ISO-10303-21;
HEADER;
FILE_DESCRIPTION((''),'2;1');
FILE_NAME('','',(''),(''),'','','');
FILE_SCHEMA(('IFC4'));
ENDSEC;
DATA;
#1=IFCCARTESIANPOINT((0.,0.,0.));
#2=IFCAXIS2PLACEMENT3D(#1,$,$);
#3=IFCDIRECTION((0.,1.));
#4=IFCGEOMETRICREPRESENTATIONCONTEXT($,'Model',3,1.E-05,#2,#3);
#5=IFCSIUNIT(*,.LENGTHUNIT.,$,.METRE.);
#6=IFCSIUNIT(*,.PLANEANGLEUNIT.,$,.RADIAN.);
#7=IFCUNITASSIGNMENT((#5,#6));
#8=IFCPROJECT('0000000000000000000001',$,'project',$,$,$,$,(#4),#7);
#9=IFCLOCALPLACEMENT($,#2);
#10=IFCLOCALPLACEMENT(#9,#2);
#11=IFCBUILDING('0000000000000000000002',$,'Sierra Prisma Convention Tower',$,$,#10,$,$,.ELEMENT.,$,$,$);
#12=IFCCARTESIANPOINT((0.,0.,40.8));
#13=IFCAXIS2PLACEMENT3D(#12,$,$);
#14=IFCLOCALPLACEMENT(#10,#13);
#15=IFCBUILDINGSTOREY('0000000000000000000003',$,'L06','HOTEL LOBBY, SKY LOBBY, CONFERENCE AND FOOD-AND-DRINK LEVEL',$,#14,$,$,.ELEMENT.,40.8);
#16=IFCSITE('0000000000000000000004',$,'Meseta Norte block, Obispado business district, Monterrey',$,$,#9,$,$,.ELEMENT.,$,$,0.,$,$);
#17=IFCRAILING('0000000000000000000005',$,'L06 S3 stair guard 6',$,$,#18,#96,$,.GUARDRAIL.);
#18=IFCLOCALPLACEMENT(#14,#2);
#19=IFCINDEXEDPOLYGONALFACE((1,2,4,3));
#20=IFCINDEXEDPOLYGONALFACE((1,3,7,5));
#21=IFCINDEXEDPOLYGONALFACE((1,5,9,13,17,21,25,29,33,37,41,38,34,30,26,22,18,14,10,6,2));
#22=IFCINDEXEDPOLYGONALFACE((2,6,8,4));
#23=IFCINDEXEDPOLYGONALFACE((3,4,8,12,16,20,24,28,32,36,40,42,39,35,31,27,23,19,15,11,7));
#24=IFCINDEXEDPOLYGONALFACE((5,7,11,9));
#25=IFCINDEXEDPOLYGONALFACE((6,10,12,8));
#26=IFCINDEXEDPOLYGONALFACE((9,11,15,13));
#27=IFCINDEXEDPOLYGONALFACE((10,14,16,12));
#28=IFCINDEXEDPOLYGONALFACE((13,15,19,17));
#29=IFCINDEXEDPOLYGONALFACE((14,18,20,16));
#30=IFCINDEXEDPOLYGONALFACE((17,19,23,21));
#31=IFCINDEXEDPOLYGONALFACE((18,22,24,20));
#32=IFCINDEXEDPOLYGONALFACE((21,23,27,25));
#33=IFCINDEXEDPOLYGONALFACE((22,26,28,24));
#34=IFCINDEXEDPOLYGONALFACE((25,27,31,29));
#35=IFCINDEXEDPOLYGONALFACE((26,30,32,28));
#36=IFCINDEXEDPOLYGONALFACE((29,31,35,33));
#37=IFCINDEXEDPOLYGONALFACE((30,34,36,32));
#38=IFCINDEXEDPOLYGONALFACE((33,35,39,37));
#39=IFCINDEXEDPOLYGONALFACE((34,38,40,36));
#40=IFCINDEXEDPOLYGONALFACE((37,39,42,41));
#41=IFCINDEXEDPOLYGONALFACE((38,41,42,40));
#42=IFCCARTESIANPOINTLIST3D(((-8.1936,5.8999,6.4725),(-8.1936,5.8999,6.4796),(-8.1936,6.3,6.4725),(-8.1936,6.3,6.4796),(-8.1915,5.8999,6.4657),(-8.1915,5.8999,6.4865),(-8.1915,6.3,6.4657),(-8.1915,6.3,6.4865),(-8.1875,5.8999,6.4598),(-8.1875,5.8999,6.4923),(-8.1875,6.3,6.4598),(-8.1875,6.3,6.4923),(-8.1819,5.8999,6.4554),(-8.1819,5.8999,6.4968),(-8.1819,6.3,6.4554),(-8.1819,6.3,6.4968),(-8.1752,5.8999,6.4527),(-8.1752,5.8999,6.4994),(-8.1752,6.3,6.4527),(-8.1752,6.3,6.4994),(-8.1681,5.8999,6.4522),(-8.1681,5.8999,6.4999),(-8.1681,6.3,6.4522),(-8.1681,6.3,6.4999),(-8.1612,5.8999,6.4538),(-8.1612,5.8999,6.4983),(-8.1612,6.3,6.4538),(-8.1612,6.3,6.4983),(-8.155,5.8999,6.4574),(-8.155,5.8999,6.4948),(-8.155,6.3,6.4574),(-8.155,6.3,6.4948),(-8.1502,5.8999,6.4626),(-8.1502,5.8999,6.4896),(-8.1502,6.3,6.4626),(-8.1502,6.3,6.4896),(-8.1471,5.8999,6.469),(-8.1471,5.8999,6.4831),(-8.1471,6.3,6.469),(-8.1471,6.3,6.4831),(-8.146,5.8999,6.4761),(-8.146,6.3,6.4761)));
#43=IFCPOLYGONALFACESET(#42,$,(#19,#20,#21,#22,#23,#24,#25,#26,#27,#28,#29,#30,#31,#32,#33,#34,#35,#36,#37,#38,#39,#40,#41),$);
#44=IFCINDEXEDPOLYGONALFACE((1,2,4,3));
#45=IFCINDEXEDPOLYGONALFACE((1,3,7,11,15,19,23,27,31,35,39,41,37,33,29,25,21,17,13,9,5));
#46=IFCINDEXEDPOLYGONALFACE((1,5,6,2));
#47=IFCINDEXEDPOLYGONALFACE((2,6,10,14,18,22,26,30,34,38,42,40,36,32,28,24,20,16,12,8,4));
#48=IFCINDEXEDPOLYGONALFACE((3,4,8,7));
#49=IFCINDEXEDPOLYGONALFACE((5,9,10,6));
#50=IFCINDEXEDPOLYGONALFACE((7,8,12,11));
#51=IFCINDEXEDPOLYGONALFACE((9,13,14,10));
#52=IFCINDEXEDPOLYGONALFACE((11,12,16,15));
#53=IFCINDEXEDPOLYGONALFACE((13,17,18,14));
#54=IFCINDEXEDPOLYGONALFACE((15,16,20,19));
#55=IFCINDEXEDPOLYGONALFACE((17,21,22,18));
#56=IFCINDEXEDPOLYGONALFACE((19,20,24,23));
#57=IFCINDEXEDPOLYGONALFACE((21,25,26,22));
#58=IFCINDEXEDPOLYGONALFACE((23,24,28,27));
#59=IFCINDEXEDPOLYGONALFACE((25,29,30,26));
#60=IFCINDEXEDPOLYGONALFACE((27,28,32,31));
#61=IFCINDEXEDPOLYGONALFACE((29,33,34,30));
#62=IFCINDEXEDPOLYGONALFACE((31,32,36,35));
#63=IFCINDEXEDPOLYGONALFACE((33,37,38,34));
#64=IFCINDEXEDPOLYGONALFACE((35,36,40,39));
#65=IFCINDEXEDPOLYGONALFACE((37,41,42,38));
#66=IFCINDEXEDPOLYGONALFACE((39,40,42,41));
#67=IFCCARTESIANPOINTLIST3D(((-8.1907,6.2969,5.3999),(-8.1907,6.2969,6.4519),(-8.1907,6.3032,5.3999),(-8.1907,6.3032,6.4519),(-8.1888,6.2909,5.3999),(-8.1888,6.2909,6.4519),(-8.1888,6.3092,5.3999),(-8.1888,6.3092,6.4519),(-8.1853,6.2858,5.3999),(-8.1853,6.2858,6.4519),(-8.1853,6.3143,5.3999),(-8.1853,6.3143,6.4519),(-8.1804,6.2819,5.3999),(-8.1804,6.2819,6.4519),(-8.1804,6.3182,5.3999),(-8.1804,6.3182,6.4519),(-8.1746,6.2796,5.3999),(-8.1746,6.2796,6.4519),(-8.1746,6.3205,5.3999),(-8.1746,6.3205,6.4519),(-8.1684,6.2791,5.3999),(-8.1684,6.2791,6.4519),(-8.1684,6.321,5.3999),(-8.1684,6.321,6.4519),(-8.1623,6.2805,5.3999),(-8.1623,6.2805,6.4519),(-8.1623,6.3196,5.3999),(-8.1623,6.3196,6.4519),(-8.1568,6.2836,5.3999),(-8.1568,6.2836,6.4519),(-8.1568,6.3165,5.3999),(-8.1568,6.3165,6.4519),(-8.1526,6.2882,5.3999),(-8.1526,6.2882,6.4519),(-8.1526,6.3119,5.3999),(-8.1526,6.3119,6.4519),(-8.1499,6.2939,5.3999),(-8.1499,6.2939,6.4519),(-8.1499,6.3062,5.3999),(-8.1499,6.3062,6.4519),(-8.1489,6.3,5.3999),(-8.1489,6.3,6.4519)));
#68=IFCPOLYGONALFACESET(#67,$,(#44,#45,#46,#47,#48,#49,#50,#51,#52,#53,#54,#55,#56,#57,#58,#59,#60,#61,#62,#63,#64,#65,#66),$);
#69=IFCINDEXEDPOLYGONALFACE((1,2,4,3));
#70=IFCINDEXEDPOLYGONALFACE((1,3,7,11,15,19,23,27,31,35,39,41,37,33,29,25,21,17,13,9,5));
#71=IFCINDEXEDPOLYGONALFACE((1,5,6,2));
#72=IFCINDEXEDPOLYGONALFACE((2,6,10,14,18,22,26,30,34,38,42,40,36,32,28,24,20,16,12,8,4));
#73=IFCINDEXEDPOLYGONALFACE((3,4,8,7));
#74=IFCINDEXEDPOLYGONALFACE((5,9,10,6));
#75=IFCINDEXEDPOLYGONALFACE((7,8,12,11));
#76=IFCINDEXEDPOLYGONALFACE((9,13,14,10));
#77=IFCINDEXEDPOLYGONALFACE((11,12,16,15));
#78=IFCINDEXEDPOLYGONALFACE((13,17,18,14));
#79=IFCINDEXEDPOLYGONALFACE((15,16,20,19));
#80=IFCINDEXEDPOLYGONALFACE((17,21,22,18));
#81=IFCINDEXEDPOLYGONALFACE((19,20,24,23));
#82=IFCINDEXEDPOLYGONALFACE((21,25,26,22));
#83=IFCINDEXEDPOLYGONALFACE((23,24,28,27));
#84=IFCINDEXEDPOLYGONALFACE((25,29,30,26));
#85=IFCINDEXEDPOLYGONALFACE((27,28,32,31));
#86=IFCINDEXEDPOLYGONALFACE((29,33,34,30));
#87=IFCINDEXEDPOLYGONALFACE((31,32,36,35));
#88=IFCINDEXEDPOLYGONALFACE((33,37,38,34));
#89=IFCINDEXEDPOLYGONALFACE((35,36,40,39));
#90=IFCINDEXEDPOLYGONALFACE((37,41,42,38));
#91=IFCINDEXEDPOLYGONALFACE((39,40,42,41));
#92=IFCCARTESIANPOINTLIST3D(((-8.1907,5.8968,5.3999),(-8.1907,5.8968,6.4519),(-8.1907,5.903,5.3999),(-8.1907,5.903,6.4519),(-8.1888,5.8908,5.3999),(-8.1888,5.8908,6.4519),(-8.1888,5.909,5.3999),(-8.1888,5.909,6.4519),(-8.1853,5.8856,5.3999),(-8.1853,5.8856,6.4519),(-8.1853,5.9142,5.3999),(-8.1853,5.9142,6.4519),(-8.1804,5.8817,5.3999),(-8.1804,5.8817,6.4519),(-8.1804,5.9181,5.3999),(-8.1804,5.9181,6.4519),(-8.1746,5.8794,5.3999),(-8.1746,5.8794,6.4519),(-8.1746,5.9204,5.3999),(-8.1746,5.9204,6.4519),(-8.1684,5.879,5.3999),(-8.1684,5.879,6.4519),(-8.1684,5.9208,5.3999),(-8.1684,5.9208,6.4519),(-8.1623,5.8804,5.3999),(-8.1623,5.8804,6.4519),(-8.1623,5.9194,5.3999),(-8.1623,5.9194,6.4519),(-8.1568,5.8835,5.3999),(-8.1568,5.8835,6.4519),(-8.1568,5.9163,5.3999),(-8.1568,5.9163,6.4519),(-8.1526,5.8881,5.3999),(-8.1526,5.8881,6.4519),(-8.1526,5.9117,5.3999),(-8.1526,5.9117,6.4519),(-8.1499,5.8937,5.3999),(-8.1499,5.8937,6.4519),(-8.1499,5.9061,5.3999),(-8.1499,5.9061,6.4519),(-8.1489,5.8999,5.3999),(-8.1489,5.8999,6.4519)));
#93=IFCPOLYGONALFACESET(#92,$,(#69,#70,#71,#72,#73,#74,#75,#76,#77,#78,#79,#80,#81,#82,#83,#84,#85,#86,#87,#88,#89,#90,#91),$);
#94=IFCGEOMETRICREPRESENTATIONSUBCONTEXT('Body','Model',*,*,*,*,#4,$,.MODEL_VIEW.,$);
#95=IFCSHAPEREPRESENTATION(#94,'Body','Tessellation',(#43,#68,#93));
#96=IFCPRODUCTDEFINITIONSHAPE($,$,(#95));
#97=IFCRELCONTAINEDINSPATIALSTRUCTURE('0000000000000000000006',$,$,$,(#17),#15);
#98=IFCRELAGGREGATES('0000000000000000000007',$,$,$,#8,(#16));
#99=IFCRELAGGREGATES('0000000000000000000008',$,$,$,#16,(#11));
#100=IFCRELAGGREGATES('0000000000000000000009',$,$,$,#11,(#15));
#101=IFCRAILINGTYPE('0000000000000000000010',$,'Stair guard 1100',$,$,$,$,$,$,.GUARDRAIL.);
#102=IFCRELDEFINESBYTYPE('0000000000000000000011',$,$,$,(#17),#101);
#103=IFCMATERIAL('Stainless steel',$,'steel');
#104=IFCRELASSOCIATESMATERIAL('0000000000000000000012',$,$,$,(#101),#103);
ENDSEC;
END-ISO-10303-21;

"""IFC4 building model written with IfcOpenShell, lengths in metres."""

from ifc_helpers import new_model, si_unit, direction, frame, origin, origin_2d, place, context, subcontext, project, spatial, circle, extrude, material, type_object, element, save


model = new_model("IFC4")

# Units and contexts
model_context = context("Model", 3, precision=1e-05, world=origin(), true_north=direction((0.0, 1.0)))
body_context = subcontext(model_context, "Body", "Model", "MODEL_VIEW")
ifc_project = project(units=[si_unit("LENGTHUNIT", "METRE"), si_unit("PLANEANGLEUNIT", "RADIAN")], contexts=[model_context])

# Site, building, storey
site_placement = place(None, origin())
site = spatial("IfcSite", under=ifc_project, at=site_placement, Name="Meseta Norte block, Obispado business district, Monterrey", CompositionType="ELEMENT", RefElevation=0.0)
building_placement = place(site_placement, origin())
building = spatial("IfcBuilding", under=site, at=building_placement, Name="Sierra Prisma Convention Tower", CompositionType="ELEMENT")
storey_placement = place(building_placement, frame((0.0, 0.0, 40.8)))
storey = spatial("IfcBuildingStorey", under=building, at=storey_placement, Name="L06", Description="HOTEL LOBBY, SKY LOBBY, CONFERENCE AND FOOD-AND-DRINK LEVEL", CompositionType="ELEMENT", Elevation=40.8)

# Railing
ifc_material_1 = material(Name="Stainless steel", Category="steel")
railing_type_1 = type_object("IfcRailingType", Name="Stair guard 1100", PredefinedType="GUARDRAIL", material=ifc_material_1)
railing_1_placement = place(storey_placement, frame((-8.1699, 6.3, 5.3999)))
element("IfcRailing", 1, at=railing_1_placement, inside=storey, type_object=railing_type_1, Name="L06 S3 stair guard 6", PredefinedType="GUARDRAIL", context=body_context, shape_type="SweptSolid", body=[
    extrude(circle(Radius=0.0239, at=origin_2d()), frame((0.0, 0.0, 1.0762), z_axis=(0.0, -1.0, 0.0), x_axis=(1.0, 0.0, 0.0)), (0.0, 0.0, 1.0), 0.4001),
    extrude(circle(Radius=0.021, at=origin_2d()), origin(), (0.0, 0.0, 1.0), 1.052),
    extrude(circle(Radius=0.021, at=origin_2d()), frame((0.0, -0.4001, 0.0)), (0.0, 0.0, 1.0), 1.052),
])

save(model, "model.ifc")
